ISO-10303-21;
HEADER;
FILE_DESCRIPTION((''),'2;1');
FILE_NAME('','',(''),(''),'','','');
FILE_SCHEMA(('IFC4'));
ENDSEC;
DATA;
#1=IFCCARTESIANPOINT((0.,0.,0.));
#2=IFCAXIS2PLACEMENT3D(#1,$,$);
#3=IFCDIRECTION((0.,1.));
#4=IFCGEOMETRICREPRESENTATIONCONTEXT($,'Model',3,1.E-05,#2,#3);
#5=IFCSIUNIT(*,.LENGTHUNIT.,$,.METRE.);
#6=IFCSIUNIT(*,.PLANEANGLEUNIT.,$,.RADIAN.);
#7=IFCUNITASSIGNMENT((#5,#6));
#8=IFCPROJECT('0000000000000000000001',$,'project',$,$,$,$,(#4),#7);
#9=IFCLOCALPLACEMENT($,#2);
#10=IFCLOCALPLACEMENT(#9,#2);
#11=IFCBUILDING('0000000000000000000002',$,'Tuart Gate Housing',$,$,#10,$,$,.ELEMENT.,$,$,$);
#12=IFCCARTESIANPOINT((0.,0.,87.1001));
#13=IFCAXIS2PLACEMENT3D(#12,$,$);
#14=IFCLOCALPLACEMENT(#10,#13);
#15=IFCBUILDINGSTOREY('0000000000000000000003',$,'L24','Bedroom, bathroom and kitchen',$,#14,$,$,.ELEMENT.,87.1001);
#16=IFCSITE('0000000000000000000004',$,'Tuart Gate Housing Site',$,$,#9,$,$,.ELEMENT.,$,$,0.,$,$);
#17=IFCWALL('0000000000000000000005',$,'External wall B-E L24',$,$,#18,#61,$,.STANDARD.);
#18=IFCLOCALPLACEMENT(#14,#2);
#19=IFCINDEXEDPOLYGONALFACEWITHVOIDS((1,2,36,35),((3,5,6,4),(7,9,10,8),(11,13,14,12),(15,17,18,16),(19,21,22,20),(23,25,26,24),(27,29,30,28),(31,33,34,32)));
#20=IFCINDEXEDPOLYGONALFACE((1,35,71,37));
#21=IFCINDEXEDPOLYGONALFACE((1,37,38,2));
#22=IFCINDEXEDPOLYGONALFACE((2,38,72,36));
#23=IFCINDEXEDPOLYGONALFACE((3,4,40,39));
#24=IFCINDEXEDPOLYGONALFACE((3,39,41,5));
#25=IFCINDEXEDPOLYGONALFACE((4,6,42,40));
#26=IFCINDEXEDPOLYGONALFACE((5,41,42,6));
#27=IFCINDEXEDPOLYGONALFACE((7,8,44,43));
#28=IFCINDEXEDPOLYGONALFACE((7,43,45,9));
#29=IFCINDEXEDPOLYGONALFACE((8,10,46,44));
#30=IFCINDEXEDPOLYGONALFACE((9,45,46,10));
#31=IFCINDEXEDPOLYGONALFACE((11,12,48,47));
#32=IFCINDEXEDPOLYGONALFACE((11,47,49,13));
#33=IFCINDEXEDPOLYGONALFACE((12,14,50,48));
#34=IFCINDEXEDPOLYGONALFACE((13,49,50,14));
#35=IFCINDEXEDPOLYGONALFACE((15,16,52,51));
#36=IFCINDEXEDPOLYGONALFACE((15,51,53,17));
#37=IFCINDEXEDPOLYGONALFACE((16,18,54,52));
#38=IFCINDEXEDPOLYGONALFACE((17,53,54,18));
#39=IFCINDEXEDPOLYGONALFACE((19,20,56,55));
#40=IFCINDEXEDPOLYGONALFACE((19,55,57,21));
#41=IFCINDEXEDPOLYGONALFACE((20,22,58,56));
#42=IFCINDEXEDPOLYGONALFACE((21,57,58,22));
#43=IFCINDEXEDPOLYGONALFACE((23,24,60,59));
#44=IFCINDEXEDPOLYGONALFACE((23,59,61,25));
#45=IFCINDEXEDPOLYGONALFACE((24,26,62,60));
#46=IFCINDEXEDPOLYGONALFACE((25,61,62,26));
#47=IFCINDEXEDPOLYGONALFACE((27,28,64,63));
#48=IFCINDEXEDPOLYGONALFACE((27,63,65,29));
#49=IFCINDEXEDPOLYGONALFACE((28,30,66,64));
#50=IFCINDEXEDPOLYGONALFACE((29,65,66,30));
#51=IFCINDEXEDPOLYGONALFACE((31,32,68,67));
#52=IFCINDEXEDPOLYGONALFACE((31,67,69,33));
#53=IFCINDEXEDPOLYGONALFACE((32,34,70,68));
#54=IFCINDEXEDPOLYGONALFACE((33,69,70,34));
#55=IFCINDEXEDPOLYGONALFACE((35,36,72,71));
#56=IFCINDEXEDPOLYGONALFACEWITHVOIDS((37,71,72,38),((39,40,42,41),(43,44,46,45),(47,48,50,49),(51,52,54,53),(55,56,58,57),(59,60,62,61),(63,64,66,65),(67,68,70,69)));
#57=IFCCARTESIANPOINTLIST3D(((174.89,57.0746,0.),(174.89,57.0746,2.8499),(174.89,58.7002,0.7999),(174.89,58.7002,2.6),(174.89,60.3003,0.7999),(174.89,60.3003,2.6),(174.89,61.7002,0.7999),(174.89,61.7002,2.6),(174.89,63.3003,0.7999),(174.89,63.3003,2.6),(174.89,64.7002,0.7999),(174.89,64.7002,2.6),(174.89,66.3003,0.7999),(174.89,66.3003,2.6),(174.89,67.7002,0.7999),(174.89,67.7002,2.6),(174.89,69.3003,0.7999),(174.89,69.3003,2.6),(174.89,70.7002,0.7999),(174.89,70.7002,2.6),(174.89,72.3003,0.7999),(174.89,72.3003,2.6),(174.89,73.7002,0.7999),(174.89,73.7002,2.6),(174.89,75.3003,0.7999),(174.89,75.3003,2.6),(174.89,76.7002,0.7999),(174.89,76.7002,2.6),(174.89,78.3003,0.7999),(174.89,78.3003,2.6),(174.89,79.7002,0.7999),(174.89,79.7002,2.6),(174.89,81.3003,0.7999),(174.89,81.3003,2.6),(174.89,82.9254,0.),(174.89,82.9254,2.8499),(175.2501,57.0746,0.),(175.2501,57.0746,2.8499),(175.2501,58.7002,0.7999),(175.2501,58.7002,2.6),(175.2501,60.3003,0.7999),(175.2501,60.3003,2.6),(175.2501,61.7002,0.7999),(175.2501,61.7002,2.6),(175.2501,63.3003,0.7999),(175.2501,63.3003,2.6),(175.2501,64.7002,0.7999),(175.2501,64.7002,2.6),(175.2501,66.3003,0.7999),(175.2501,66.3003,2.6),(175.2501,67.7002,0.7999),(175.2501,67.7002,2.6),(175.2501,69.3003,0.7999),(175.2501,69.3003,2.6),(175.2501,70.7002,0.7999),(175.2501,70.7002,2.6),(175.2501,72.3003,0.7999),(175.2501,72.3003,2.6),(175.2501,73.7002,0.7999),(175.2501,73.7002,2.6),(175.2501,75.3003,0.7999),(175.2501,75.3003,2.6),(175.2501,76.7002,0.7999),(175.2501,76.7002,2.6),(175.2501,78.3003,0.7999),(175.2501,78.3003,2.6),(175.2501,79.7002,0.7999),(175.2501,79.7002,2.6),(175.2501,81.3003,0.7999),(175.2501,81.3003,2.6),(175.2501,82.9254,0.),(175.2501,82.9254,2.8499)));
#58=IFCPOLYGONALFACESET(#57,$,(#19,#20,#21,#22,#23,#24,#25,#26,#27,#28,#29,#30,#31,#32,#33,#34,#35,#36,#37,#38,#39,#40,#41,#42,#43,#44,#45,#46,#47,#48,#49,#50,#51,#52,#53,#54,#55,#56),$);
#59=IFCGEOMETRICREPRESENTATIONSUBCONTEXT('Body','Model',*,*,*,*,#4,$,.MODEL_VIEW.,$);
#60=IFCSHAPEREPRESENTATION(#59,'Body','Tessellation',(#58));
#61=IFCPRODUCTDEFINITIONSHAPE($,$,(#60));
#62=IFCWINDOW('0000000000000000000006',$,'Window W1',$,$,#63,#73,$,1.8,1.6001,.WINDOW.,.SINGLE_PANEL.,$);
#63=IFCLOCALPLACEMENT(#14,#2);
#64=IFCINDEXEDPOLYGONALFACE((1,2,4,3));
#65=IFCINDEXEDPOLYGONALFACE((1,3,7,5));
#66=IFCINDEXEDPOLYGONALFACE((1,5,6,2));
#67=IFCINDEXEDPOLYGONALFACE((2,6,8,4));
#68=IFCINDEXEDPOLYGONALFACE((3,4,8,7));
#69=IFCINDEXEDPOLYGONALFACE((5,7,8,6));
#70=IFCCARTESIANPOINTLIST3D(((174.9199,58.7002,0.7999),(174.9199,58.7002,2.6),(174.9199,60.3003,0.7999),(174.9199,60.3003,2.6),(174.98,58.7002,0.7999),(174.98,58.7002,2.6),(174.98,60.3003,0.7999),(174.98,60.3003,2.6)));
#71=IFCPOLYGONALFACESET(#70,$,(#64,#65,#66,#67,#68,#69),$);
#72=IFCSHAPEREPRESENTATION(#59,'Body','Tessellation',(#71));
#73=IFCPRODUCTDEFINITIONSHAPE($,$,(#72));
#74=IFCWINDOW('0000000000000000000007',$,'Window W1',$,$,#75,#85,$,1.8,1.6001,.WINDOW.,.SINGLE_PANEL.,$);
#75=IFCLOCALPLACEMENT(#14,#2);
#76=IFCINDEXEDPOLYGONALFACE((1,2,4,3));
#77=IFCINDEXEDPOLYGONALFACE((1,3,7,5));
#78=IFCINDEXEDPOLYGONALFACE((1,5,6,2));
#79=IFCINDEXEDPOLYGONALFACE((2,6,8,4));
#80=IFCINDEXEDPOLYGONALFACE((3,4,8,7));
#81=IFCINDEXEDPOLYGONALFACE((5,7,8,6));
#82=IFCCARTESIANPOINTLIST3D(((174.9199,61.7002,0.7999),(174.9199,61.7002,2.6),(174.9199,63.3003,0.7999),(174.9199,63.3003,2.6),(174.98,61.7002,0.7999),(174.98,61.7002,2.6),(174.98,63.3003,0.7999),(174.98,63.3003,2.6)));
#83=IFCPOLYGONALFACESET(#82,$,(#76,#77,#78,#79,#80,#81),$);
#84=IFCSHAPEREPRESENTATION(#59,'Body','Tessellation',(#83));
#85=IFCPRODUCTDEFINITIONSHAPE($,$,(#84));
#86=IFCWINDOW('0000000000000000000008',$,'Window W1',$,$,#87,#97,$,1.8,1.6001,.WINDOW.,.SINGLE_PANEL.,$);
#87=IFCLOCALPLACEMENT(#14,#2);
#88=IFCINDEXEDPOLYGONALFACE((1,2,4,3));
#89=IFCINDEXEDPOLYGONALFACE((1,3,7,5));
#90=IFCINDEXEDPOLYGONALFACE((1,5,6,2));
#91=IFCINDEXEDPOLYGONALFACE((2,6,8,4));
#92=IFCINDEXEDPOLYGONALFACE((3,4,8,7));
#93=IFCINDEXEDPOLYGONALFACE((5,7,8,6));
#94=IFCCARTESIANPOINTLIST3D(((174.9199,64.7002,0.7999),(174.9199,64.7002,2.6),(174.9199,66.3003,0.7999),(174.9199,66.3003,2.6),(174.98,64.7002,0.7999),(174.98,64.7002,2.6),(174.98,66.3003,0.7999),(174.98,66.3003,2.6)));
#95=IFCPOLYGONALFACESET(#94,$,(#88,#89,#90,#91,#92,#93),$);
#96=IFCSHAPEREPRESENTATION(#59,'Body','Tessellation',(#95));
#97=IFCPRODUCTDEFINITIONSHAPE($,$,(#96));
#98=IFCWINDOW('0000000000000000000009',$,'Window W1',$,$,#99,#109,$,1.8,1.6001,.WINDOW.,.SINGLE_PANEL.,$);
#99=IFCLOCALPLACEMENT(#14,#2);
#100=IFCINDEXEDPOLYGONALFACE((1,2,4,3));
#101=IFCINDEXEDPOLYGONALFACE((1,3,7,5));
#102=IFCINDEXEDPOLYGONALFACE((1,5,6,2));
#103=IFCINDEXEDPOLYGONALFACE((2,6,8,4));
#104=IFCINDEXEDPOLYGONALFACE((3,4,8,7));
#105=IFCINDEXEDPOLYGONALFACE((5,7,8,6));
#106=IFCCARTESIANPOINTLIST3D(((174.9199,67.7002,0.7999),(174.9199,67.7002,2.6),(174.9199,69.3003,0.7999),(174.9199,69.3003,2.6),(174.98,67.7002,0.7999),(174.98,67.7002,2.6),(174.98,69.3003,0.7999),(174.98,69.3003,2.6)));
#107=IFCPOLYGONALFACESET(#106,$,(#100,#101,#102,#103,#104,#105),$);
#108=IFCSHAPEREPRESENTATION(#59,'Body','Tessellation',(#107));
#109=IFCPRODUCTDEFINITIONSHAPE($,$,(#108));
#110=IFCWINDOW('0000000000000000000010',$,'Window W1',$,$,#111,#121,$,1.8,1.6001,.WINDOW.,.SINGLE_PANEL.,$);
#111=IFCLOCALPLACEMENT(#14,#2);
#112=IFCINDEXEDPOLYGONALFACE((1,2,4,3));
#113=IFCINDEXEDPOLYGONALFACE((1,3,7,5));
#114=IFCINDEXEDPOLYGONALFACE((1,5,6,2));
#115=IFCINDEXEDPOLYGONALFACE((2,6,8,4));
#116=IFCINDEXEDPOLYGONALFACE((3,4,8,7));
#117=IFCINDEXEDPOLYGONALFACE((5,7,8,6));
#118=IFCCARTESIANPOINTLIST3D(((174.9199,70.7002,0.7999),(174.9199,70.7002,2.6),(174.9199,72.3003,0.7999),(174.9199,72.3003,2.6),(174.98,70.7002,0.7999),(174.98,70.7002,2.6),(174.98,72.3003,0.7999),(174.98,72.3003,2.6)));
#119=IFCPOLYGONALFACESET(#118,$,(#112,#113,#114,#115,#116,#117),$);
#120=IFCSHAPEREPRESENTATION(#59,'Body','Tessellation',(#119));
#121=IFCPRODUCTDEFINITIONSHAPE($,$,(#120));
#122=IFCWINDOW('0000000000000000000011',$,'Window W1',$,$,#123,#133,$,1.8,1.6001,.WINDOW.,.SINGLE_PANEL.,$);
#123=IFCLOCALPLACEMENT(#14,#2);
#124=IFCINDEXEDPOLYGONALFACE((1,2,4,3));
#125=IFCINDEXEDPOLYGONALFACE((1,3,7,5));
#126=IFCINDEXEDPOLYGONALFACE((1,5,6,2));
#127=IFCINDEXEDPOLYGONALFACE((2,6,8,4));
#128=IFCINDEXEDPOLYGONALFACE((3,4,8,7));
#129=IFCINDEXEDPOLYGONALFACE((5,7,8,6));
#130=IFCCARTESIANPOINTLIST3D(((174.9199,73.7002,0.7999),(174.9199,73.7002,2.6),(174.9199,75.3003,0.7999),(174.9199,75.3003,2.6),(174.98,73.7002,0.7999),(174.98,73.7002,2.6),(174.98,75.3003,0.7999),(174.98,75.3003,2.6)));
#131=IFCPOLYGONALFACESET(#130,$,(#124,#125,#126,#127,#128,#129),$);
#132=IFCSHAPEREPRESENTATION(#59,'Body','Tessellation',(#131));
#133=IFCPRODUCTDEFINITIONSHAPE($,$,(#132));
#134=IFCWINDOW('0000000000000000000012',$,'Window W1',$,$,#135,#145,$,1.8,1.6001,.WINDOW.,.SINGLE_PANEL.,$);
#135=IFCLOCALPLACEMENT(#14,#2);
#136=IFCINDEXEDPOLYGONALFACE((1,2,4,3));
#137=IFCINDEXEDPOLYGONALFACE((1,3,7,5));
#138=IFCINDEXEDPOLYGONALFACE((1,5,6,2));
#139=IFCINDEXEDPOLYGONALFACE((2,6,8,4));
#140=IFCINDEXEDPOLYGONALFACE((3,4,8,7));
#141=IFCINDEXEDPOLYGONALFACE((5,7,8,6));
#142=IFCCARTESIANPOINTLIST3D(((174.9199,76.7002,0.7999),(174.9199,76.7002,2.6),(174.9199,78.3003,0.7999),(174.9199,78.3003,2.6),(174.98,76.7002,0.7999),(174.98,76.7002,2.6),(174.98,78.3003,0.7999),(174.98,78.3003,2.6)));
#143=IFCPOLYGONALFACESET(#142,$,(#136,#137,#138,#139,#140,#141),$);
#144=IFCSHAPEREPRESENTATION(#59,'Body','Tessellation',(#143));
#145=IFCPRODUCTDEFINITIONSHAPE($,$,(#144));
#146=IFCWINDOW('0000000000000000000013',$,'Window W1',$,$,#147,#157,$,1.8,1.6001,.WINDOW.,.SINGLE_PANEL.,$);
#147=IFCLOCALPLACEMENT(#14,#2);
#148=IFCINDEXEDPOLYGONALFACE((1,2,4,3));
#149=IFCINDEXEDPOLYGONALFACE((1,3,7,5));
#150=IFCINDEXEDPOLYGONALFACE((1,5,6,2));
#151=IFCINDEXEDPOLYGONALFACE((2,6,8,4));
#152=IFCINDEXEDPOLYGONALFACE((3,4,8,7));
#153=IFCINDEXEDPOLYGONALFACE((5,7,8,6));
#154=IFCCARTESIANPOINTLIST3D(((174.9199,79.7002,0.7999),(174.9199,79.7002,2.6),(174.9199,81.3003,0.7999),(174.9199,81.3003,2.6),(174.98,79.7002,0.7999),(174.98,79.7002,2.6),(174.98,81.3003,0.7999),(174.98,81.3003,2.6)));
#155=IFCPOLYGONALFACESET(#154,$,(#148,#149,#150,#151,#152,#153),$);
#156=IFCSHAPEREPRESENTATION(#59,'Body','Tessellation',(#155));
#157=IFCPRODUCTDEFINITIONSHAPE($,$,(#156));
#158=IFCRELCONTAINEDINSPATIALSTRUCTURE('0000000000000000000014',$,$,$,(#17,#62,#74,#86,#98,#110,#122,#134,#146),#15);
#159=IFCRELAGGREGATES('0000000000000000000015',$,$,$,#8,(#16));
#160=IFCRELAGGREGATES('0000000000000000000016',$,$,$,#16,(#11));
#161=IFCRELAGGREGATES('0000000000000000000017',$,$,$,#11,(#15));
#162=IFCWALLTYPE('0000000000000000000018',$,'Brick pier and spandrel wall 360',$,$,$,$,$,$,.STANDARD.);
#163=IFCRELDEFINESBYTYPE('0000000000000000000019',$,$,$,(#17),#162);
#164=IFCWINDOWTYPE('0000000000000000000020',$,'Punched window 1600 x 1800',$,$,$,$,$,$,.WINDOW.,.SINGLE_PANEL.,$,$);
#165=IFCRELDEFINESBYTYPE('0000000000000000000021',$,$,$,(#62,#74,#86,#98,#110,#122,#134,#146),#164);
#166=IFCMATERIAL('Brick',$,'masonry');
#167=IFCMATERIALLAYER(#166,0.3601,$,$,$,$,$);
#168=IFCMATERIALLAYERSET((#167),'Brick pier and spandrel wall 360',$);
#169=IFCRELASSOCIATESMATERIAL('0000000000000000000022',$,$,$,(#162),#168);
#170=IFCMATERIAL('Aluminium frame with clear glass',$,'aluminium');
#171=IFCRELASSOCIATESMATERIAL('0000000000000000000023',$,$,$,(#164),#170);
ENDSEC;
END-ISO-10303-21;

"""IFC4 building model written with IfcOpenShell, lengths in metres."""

from ifc_helpers import new_model, si_unit, direction, frame, frame_2d, origin, place, context, subcontext, project, spatial, rectangle, extrude, material, layer, layer_set, type_object, element, fill, save


model = new_model("IFC4")

# Units and contexts
model_context = context("Model", 3, precision=1e-05, world=origin(), true_north=direction((0.0, 1.0)))
body_context = subcontext(model_context, "Body", "Model", "MODEL_VIEW")
ifc_project = project(units=[si_unit("LENGTHUNIT", "METRE"), si_unit("PLANEANGLEUNIT", "RADIAN")], contexts=[model_context])

# Site, building, storey
site_placement = place(None, origin())
site = spatial("IfcSite", under=ifc_project, at=site_placement, Name="Tuart Gate Housing Site", CompositionType="ELEMENT", RefElevation=0.0)
building_placement = place(site_placement, origin())
building = spatial("IfcBuilding", under=site, at=building_placement, Name="Tuart Gate Housing", CompositionType="ELEMENT")
storey_placement = place(building_placement, frame((0.0, 0.0, 87.1001)))
storey = spatial("IfcBuildingStorey", under=building, at=storey_placement, Name="L24", Description="Bedroom, bathroom and kitchen", CompositionType="ELEMENT", Elevation=87.1001)

# Shared definitions
ifc_material_1 = material(Name="Brick", Category="masonry")
ifc_layer_1 = layer(ifc_material_1, 0.3601)
ifc_layer_set_1 = layer_set([ifc_layer_1], Name="Brick pier and spandrel wall 360")
wall_type_1 = type_object("IfcWallType", Name="Brick pier and spandrel wall 360", PredefinedType="STANDARD", material=ifc_layer_set_1)
ifc_material_2 = material(Name="Aluminium frame with clear glass", Category="aluminium")
window_type = type_object("IfcWindowType", Name="Punched window 1600 x 1800", PartitioningType="SINGLE_PANEL", PredefinedType="WINDOW", material=ifc_material_2)

# Wall, openings, windows
wall_1_placement = place(storey_placement, frame((175.0701, 57.0747, 0.0), z_axis=(0.0, 0.0, 1.0), x_axis=(0.0, 1.0, 0.0)))
wall_1 = element("IfcWall", 1, at=wall_1_placement, inside=storey, type_object=wall_type_1, Name="External wall B-E L24", PredefinedType="STANDARD", context=body_context, shape_type="SweptSolid", body=[
    extrude(rectangle(XDim=25.8508, YDim=0.3601, at=frame_2d((12.9253, 0.0))), origin(), (0.0, 0.0, 1.0), 2.8499),
])
opening_1_placement = place(wall_1_placement, frame((1.6255, 0.0, 0.8)))
opening_1 = element("IfcOpeningElement", 2, at=opening_1_placement, cuts=wall_1, PredefinedType="OPENING", context=body_context, shape_type="SweptSolid", body=[
    extrude(rectangle(XDim=1.6001, YDim=1.8, at=frame_2d((0.8, 0.8999))), frame((0.0, 0.1899, 0.0), z_axis=(0.0, -1.0, 0.0), x_axis=(1.0, 0.0, 0.0)), (0.0, 0.0, 1.0), 0.3801),
])
opening_2_placement = place(wall_1_placement, frame((4.6255, 0.0, 0.8)))
opening_2 = element("IfcOpeningElement", 3, at=opening_2_placement, cuts=wall_1, PredefinedType="OPENING", context=body_context, shape_type="SweptSolid", body=[
    extrude(rectangle(XDim=1.6001, YDim=1.8, at=frame_2d((0.8, 0.8999))), frame((0.0, 0.1899, 0.0), z_axis=(0.0, -1.0, 0.0), x_axis=(1.0, 0.0, 0.0)), (0.0, 0.0, 1.0), 0.3801),
])
opening_3_placement = place(wall_1_placement, frame((7.6255, 0.0, 0.8)))
opening_3 = element("IfcOpeningElement", 4, at=opening_3_placement, cuts=wall_1, PredefinedType="OPENING", context=body_context, shape_type="SweptSolid", body=[
    extrude(rectangle(XDim=1.6001, YDim=1.8, at=frame_2d((0.8, 0.8999))), frame((0.0, 0.1899, 0.0), z_axis=(0.0, -1.0, 0.0), x_axis=(1.0, 0.0, 0.0)), (0.0, 0.0, 1.0), 0.3801),
])
opening_4_placement = place(wall_1_placement, frame((10.6255, 0.0, 0.8)))
opening_4 = element("IfcOpeningElement", 5, at=opening_4_placement, cuts=wall_1, PredefinedType="OPENING", context=body_context, shape_type="SweptSolid", body=[
    extrude(rectangle(XDim=1.6001, YDim=1.8, at=frame_2d((0.8, 0.8999))), frame((0.0, 0.1899, 0.0), z_axis=(0.0, -1.0, 0.0), x_axis=(1.0, 0.0, 0.0)), (0.0, 0.0, 1.0), 0.3801),
])
opening_5_placement = place(wall_1_placement, frame((13.6255, 0.0, 0.8)))
opening_5 = element("IfcOpeningElement", 6, at=opening_5_placement, cuts=wall_1, PredefinedType="OPENING", context=body_context, shape_type="SweptSolid", body=[
    extrude(rectangle(XDim=1.6001, YDim=1.8, at=frame_2d((0.8, 0.8999))), frame((0.0, 0.1899, 0.0), z_axis=(0.0, -1.0, 0.0), x_axis=(1.0, 0.0, 0.0)), (0.0, 0.0, 1.0), 0.3801),
])
opening_6_placement = place(wall_1_placement, frame((16.6255, 0.0, 0.8)))
opening_6 = element("IfcOpeningElement", 7, at=opening_6_placement, cuts=wall_1, PredefinedType="OPENING", context=body_context, shape_type="SweptSolid", body=[
    extrude(rectangle(XDim=1.6001, YDim=1.8, at=frame_2d((0.8, 0.8999))), frame((0.0, 0.1899, 0.0), z_axis=(0.0, -1.0, 0.0), x_axis=(1.0, 0.0, 0.0)), (0.0, 0.0, 1.0), 0.3801),
])
opening_7_placement = place(wall_1_placement, frame((19.6255, 0.0, 0.8)))
opening_7 = element("IfcOpeningElement", 8, at=opening_7_placement, cuts=wall_1, PredefinedType="OPENING", context=body_context, shape_type="SweptSolid", body=[
    extrude(rectangle(XDim=1.6001, YDim=1.8, at=frame_2d((0.8, 0.8999))), frame((0.0, 0.1899, 0.0), z_axis=(0.0, -1.0, 0.0), x_axis=(1.0, 0.0, 0.0)), (0.0, 0.0, 1.0), 0.3801),
])
opening_8_placement = place(wall_1_placement, frame((22.6255, 0.0, 0.8)))
opening_8 = element("IfcOpeningElement", 9, at=opening_8_placement, cuts=wall_1, PredefinedType="OPENING", context=body_context, shape_type="SweptSolid", body=[
    extrude(rectangle(XDim=1.6001, YDim=1.8, at=frame_2d((0.8, 0.8999))), frame((0.0, 0.1899, 0.0), z_axis=(0.0, -1.0, 0.0), x_axis=(1.0, 0.0, 0.0)), (0.0, 0.0, 1.0), 0.3801),
])
window_1_placement = place(opening_1_placement, origin())
window_1 = element("IfcWindow", 10, at=window_1_placement, inside=storey, type_object=window_type, Name="Window W1", OverallHeight=1.8, OverallWidth=1.6001, PartitioningType="SINGLE_PANEL", PredefinedType="WINDOW", context=body_context, shape_type="SweptSolid", body=[
    extrude(rectangle(XDim=1.6001, YDim=1.8, at=frame_2d((0.8, 0.8999))), frame((0.0, 0.1501, 0.0), z_axis=(0.0, -1.0, 0.0), x_axis=(1.0, 0.0, 0.0)), (0.0, 0.0, 1.0), 0.0601),
])
fill(opening_1, window_1)
window_2_placement = place(opening_2_placement, origin())
window_2 = element("IfcWindow", 11, at=window_2_placement, inside=storey, type_object=window_type, Name="Window W1", OverallHeight=1.8, OverallWidth=1.6001, PartitioningType="SINGLE_PANEL", PredefinedType="WINDOW", context=body_context, shape_type="SweptSolid", body=[
    extrude(rectangle(XDim=1.6001, YDim=1.8, at=frame_2d((0.8, 0.8999))), frame((0.0, 0.1501, 0.0), z_axis=(0.0, -1.0, 0.0), x_axis=(1.0, 0.0, 0.0)), (0.0, 0.0, 1.0), 0.0601),
])
fill(opening_2, window_2)
window_3_placement = place(opening_3_placement, origin())
window_3 = element("IfcWindow", 12, at=window_3_placement, inside=storey, type_object=window_type, Name="Window W1", OverallHeight=1.8, OverallWidth=1.6001, PartitioningType="SINGLE_PANEL", PredefinedType="WINDOW", context=body_context, shape_type="SweptSolid", body=[
    extrude(rectangle(XDim=1.6001, YDim=1.8, at=frame_2d((0.8, 0.8999))), frame((0.0, 0.1501, 0.0), z_axis=(0.0, -1.0, 0.0), x_axis=(1.0, 0.0, 0.0)), (0.0, 0.0, 1.0), 0.0601),
])
fill(opening_3, window_3)
window_4_placement = place(opening_4_placement, origin())
window_4 = element("IfcWindow", 13, at=window_4_placement, inside=storey, type_object=window_type, Name="Window W1", OverallHeight=1.8, OverallWidth=1.6001, PartitioningType="SINGLE_PANEL", PredefinedType="WINDOW", context=body_context, shape_type="SweptSolid", body=[
    extrude(rectangle(XDim=1.6001, YDim=1.8, at=frame_2d((0.8, 0.8999))), frame((0.0, 0.1501, 0.0), z_axis=(0.0, -1.0, 0.0), x_axis=(1.0, 0.0, 0.0)), (0.0, 0.0, 1.0), 0.0601),
])
fill(opening_4, window_4)
window_5_placement = place(opening_5_placement, origin())
window_5 = element("IfcWindow", 14, at=window_5_placement, inside=storey, type_object=window_type, Name="Window W1", OverallHeight=1.8, OverallWidth=1.6001, PartitioningType="SINGLE_PANEL", PredefinedType="WINDOW", context=body_context, shape_type="SweptSolid", body=[
    extrude(rectangle(XDim=1.6001, YDim=1.8, at=frame_2d((0.8, 0.8999))), frame((0.0, 0.1501, 0.0), z_axis=(0.0, -1.0, 0.0), x_axis=(1.0, 0.0, 0.0)), (0.0, 0.0, 1.0), 0.0601),
])
fill(opening_5, window_5)
window_6_placement = place(opening_6_placement, origin())
window_6 = element("IfcWindow", 15, at=window_6_placement, inside=storey, type_object=window_type, Name="Window W1", OverallHeight=1.8, OverallWidth=1.6001, PartitioningType="SINGLE_PANEL", PredefinedType="WINDOW", context=body_context, shape_type="SweptSolid", body=[
    extrude(rectangle(XDim=1.6001, YDim=1.8, at=frame_2d((0.8, 0.8999))), frame((0.0, 0.1501, 0.0), z_axis=(0.0, -1.0, 0.0), x_axis=(1.0, 0.0, 0.0)), (0.0, 0.0, 1.0), 0.0601),
])
fill(opening_6, window_6)
window_7_placement = place(opening_7_placement, origin())
window_7 = element("IfcWindow", 16, at=window_7_placement, inside=storey, type_object=window_type, Name="Window W1", OverallHeight=1.8, OverallWidth=1.6001, PartitioningType="SINGLE_PANEL", PredefinedType="WINDOW", context=body_context, shape_type="SweptSolid", body=[
    extrude(rectangle(XDim=1.6001, YDim=1.8, at=frame_2d((0.8, 0.8999))), frame((0.0, 0.1501, 0.0), z_axis=(0.0, -1.0, 0.0), x_axis=(1.0, 0.0, 0.0)), (0.0, 0.0, 1.0), 0.0601),
])
fill(opening_7, window_7)
window_8_placement = place(opening_8_placement, origin())
window_8 = element("IfcWindow", 17, at=window_8_placement, inside=storey, type_object=window_type, Name="Window W1", OverallHeight=1.8, OverallWidth=1.6001, PartitioningType="SINGLE_PANEL", PredefinedType="WINDOW", context=body_context, shape_type="SweptSolid", body=[
    extrude(rectangle(XDim=1.6001, YDim=1.8, at=frame_2d((0.8, 0.8999))), frame((0.0, 0.1501, 0.0), z_axis=(0.0, -1.0, 0.0), x_axis=(1.0, 0.0, 0.0)), (0.0, 0.0, 1.0), 0.0601),
])
fill(opening_8, window_8)

save(model, "model.ifc")
